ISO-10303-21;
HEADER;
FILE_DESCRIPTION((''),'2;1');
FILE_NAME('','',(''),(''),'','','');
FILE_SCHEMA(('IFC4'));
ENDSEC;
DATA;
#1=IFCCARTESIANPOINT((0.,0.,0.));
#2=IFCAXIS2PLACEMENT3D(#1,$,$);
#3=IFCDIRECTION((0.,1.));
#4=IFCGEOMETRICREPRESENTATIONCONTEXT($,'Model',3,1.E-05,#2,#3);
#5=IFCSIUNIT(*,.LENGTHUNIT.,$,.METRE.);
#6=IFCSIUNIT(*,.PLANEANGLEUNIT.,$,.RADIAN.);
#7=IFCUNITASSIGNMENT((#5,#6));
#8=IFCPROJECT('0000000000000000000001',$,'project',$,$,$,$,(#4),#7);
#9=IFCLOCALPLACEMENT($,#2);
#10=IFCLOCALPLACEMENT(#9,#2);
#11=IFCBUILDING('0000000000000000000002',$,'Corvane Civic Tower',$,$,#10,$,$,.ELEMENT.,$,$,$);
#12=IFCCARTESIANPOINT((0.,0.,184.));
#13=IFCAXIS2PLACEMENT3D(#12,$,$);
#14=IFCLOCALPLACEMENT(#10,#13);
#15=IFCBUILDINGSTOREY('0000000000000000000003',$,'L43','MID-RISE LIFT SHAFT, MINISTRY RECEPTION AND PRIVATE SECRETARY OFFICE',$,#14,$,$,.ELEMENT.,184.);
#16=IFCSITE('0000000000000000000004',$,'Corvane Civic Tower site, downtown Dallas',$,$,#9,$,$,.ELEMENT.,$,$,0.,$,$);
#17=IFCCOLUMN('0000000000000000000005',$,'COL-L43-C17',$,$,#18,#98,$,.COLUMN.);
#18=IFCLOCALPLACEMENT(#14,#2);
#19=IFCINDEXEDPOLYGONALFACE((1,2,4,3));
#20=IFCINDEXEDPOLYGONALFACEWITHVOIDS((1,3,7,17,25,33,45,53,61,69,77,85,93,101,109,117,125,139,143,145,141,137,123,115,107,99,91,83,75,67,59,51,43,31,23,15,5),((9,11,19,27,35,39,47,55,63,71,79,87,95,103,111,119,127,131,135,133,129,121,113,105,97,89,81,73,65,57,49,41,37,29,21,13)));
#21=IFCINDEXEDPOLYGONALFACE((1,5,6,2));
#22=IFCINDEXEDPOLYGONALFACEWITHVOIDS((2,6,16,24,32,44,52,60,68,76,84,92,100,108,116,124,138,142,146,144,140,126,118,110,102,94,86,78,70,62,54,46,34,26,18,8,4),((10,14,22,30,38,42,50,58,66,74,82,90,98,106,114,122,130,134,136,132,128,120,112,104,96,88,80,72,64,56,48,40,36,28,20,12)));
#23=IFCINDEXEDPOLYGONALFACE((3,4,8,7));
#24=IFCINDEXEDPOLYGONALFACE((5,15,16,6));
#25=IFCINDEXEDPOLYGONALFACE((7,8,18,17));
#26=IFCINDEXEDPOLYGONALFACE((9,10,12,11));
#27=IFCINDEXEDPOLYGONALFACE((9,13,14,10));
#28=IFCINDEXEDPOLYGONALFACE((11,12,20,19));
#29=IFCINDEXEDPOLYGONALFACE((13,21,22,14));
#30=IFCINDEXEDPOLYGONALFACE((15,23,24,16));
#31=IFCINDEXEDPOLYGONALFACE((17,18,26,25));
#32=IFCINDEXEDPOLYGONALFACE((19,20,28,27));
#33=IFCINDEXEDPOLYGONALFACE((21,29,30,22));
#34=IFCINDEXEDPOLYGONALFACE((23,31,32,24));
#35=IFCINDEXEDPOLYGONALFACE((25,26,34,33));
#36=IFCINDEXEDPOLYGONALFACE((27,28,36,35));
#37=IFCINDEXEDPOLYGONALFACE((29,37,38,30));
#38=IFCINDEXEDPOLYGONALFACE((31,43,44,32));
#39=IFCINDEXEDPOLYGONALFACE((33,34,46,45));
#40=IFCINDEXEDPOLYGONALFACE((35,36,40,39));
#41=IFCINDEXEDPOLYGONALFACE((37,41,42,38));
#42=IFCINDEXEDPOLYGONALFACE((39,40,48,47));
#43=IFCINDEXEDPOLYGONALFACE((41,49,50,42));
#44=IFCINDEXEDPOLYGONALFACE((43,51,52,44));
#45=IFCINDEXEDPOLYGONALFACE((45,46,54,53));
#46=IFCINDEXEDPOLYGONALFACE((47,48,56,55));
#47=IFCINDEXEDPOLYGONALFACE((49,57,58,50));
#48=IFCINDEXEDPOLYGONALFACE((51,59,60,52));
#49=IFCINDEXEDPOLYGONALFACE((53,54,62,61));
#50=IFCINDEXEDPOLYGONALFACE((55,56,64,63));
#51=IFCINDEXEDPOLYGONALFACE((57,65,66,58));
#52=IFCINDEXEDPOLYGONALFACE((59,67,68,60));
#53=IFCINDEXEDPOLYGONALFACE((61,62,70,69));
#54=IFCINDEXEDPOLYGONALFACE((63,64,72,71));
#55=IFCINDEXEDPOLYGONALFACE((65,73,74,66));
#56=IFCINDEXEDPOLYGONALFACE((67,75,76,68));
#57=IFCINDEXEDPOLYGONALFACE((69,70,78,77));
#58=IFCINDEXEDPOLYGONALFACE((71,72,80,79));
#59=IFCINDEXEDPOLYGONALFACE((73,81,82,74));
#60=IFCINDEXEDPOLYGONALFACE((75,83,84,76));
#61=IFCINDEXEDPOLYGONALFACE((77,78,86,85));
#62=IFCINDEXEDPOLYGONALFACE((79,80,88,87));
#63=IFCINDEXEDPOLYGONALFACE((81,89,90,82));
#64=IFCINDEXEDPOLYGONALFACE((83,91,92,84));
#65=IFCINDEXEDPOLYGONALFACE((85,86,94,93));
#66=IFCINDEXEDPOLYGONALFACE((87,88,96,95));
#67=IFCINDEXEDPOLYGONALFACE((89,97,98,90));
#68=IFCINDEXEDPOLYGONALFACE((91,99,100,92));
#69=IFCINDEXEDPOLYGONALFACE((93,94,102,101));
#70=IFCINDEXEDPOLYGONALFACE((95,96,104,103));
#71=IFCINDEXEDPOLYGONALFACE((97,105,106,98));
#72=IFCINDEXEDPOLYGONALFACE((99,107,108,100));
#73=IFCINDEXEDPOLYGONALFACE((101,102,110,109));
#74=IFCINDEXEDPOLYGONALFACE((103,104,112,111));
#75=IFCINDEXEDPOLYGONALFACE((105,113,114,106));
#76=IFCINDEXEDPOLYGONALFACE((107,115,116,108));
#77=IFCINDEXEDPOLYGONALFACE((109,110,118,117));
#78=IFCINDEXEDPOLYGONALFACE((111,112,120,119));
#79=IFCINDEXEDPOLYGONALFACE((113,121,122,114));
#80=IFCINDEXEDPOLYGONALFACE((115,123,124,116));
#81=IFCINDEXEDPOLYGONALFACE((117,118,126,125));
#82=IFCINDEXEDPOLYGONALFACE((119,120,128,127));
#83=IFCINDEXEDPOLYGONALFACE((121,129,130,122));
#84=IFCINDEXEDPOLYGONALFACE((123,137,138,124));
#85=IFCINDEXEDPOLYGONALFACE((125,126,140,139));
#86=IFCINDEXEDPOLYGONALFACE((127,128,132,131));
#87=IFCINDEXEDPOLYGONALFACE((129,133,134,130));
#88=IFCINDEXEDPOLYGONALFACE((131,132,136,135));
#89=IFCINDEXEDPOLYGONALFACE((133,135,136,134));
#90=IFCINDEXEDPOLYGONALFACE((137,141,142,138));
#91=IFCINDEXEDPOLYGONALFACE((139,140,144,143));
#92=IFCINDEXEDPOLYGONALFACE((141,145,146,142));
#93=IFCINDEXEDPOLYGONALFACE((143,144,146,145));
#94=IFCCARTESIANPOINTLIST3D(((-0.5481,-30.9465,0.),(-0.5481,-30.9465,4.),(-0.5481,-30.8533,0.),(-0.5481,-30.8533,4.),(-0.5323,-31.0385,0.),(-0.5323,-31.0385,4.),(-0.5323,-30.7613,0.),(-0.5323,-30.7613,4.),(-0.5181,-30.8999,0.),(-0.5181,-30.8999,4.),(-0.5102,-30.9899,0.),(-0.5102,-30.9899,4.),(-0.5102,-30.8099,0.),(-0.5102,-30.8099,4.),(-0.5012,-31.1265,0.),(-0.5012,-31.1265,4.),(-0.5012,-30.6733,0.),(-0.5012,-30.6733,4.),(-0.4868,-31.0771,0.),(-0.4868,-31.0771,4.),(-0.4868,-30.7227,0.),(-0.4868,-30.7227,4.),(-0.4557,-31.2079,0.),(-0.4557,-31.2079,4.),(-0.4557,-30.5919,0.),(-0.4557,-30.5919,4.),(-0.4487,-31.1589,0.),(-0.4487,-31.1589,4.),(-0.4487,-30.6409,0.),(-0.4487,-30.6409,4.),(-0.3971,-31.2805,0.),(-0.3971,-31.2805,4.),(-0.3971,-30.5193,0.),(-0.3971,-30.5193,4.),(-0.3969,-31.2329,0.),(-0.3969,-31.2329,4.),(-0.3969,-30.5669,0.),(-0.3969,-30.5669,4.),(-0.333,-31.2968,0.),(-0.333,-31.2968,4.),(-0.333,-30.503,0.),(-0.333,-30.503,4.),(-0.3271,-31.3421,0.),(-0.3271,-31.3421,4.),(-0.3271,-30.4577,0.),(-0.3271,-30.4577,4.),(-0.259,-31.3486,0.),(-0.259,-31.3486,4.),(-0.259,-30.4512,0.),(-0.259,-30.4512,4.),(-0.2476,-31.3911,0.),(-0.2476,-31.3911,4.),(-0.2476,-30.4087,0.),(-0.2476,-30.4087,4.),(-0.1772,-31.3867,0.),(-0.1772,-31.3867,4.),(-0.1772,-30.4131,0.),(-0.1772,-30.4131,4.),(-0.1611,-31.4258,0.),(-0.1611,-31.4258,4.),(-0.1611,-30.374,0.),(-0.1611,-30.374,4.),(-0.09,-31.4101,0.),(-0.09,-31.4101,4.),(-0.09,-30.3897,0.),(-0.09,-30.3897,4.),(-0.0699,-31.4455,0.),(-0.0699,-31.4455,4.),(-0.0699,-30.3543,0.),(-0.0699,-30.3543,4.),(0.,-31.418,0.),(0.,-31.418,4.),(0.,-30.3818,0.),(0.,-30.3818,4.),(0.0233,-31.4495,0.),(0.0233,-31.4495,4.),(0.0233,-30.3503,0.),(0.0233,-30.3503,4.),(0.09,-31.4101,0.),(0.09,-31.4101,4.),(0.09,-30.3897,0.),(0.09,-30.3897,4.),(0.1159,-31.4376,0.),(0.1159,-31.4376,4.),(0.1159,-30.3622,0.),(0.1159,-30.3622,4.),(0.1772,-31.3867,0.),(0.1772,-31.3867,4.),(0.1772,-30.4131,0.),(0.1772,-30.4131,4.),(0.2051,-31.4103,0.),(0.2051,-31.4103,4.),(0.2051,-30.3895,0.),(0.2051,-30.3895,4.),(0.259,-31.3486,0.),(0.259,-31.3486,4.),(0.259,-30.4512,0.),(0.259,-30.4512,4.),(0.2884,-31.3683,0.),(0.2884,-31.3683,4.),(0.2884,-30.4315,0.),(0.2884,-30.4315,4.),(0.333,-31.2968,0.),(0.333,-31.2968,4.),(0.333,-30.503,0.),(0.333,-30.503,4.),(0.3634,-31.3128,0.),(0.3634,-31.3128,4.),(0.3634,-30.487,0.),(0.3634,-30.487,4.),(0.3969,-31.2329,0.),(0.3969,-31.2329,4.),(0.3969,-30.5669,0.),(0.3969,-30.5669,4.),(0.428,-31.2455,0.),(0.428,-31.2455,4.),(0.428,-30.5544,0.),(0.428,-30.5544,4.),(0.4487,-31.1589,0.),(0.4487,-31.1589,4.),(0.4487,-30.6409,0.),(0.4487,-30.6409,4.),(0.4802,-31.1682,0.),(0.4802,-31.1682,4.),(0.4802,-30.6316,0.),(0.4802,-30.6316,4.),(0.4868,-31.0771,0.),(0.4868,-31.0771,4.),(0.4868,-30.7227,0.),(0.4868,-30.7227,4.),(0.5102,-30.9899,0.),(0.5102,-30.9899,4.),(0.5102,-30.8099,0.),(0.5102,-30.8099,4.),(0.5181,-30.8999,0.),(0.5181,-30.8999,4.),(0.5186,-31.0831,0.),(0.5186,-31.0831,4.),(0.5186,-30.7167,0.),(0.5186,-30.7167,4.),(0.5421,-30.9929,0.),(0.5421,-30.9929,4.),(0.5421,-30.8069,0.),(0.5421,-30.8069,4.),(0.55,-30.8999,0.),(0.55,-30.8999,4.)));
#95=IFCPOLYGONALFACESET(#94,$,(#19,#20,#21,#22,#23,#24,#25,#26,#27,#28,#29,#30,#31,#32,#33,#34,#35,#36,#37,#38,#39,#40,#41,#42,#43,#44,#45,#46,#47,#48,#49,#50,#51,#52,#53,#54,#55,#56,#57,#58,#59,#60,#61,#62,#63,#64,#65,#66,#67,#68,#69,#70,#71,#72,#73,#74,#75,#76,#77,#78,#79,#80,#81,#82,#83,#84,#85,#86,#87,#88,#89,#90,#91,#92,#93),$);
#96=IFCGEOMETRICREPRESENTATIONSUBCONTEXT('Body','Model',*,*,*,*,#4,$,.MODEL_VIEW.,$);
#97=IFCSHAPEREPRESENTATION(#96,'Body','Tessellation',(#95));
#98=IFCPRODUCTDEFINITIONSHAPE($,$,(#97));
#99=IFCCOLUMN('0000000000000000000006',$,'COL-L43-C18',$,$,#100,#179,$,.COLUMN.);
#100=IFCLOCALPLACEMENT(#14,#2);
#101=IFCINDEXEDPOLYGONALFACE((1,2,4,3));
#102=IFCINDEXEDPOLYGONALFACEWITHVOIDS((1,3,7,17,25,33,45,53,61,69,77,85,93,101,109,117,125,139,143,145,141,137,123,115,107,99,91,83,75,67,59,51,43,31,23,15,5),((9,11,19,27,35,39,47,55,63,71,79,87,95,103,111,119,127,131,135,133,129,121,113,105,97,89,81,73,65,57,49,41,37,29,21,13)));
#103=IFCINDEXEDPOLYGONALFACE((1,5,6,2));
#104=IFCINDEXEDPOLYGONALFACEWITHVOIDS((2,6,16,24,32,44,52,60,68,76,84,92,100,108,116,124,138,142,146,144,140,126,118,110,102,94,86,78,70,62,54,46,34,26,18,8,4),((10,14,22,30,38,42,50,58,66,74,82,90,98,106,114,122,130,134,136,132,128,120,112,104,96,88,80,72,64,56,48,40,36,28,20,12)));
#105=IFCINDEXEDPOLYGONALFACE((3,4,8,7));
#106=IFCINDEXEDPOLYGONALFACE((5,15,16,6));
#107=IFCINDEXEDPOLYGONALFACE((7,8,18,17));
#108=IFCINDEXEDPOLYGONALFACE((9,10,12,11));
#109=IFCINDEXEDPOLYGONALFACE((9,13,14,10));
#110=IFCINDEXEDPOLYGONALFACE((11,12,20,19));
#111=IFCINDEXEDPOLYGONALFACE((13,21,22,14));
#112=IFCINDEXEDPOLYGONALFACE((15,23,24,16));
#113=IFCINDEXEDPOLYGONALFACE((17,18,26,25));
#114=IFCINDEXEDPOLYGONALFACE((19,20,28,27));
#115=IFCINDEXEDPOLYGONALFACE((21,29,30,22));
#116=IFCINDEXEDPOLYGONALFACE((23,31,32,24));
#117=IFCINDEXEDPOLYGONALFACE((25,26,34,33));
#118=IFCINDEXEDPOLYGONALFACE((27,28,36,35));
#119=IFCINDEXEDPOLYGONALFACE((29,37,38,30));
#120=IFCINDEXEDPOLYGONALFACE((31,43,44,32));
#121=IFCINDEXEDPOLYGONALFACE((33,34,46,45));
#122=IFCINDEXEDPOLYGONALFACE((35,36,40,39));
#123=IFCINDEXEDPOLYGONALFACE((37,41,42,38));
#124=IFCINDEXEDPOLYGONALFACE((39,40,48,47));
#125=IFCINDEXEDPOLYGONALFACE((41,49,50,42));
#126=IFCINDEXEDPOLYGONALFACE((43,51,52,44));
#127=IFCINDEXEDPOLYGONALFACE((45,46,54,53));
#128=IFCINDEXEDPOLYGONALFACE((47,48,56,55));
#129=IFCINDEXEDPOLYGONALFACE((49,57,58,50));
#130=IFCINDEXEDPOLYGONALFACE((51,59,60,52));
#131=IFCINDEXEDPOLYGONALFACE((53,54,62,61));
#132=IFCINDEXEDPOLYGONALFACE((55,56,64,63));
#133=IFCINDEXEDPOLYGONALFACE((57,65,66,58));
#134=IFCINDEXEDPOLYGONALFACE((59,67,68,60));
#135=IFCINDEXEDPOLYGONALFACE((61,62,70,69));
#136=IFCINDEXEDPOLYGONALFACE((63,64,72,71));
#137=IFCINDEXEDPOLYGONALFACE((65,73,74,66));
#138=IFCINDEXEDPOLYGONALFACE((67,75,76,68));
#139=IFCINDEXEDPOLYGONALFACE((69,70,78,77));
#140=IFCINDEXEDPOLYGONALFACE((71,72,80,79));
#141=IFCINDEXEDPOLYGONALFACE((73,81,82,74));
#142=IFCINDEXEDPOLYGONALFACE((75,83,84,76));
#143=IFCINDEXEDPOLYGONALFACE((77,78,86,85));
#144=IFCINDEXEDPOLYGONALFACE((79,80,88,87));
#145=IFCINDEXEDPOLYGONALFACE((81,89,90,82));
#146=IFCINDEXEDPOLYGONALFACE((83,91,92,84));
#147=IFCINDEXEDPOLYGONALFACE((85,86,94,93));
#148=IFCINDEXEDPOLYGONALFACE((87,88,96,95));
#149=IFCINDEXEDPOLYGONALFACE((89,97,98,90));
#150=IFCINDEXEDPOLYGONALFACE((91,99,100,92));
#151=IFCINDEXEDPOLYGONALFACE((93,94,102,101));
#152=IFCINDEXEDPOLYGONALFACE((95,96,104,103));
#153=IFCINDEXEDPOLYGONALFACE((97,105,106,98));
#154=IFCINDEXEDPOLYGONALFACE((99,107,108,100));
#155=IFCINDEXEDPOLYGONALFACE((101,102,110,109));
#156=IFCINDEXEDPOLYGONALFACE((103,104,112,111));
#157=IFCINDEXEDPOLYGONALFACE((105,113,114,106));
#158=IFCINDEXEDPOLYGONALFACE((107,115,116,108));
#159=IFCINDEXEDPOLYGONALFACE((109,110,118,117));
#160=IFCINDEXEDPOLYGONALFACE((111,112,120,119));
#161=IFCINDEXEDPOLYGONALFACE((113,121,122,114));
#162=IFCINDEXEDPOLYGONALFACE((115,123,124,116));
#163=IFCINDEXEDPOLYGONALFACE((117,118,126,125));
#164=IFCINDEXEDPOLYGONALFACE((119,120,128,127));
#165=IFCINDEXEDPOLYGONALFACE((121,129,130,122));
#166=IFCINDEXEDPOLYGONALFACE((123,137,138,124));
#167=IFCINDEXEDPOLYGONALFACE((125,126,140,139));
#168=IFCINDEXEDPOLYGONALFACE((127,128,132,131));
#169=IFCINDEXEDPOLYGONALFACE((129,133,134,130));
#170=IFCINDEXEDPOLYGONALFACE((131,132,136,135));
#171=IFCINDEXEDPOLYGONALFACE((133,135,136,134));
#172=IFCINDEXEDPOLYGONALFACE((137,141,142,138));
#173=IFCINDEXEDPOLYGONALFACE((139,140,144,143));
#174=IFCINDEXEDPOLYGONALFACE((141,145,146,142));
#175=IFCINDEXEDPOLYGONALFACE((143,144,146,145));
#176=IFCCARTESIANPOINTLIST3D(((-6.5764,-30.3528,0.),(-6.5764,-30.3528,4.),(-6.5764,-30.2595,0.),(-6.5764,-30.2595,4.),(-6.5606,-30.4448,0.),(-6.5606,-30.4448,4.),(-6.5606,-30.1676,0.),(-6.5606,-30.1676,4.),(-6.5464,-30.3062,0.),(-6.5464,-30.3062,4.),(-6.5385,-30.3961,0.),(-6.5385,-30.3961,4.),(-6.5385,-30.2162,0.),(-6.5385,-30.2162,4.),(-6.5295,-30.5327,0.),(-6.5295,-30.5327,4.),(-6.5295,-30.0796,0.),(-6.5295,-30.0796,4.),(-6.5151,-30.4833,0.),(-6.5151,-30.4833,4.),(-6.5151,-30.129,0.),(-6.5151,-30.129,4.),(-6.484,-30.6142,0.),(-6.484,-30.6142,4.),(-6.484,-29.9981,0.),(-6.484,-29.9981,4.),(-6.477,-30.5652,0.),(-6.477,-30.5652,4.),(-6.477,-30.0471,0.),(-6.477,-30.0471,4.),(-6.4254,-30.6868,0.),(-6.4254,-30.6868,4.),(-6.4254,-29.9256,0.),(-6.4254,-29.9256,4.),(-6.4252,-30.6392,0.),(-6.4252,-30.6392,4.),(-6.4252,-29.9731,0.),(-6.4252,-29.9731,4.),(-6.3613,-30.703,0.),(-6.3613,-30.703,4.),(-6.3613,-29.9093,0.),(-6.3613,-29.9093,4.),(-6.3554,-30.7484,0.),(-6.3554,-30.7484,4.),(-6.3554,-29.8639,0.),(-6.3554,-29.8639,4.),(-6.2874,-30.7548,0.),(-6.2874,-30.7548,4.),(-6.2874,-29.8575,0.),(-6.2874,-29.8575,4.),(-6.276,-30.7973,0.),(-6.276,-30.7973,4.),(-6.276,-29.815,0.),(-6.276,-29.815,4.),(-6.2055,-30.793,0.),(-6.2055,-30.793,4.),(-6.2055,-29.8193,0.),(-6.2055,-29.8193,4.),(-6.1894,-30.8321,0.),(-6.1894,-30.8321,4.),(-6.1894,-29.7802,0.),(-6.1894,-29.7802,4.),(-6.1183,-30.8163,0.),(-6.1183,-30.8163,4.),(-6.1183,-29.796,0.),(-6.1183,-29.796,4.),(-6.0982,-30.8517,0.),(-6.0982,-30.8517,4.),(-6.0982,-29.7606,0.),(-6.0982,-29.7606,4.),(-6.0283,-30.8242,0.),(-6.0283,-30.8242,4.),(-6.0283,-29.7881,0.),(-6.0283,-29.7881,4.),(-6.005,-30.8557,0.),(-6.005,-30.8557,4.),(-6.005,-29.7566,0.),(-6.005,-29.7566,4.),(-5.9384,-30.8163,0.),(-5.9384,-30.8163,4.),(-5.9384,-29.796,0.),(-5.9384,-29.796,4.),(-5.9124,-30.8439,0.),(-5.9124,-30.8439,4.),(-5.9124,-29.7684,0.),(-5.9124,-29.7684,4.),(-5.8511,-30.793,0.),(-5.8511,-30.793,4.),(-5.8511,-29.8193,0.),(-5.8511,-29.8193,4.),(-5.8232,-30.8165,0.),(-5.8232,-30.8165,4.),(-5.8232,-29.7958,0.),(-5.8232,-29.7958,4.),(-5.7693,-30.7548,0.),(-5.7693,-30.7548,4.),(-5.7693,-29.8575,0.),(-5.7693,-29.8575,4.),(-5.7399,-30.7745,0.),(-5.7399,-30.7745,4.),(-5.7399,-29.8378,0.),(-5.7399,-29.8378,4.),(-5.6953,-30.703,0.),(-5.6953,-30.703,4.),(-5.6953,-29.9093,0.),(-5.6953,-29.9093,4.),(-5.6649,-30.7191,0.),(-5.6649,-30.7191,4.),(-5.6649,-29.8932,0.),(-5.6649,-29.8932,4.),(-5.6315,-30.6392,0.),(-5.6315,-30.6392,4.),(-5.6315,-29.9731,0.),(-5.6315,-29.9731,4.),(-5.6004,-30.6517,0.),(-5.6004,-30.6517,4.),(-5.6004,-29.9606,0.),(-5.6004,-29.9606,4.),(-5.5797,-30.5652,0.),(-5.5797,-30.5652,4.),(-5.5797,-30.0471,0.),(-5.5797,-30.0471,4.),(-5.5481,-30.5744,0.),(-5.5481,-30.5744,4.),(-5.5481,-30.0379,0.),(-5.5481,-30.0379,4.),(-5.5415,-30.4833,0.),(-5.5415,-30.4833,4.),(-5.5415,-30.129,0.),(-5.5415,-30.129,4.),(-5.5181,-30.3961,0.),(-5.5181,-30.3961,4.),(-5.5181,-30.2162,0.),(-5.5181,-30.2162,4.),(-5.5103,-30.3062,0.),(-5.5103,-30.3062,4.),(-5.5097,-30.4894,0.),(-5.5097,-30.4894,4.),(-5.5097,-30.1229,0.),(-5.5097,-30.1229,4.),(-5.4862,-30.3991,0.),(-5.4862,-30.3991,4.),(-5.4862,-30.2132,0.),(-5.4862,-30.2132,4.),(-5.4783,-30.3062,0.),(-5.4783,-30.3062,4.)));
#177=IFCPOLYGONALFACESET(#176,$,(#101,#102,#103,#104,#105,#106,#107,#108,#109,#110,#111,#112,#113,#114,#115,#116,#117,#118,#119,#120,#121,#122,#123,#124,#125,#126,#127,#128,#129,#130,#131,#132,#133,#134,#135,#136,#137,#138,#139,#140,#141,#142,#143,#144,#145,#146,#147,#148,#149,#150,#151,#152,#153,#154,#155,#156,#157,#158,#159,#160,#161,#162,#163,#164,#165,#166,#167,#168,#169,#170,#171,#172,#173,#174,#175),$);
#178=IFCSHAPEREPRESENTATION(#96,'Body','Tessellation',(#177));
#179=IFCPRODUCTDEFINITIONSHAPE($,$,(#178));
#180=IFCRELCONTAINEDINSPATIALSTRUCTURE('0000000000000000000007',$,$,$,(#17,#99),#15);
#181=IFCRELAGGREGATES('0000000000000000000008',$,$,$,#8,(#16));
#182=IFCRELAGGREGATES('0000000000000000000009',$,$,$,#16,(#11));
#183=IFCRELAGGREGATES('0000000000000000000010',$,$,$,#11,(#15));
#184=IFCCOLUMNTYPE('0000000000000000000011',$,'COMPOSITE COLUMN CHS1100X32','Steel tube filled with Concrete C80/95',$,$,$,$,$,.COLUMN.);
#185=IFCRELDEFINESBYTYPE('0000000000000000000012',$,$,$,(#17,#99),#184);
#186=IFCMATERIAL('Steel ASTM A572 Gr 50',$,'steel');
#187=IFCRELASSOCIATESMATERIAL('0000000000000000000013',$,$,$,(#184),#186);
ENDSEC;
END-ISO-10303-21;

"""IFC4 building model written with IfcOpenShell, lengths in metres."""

from ifc_helpers import new_model, si_unit, direction, frame, origin, origin_2d, place, context, subcontext, project, spatial, hollow_circle, extrude, material, material_profile, profile_set, type_object, element, save


model = new_model("IFC4")

# Units and contexts
model_context = context("Model", 3, precision=1e-05, world=origin(), true_north=direction((0.0, 1.0)))
body_context = subcontext(model_context, "Body", "Model", "MODEL_VIEW")
ifc_project = project(units=[si_unit("LENGTHUNIT", "METRE"), si_unit("PLANEANGLEUNIT", "RADIAN")], contexts=[model_context])

# Site, building, storey
site_placement = place(None, origin())
site = spatial("IfcSite", under=ifc_project, at=site_placement, Name="Corvane Civic Tower site, downtown Dallas", CompositionType="ELEMENT", RefElevation=0.0)
building_placement = place(site_placement, origin())
building = spatial("IfcBuilding", under=site, at=building_placement, Name="Corvane Civic Tower", CompositionType="ELEMENT")
storey_placement = place(building_placement, frame((0.0, 0.0, 184.0)))
storey = spatial("IfcBuildingStorey", under=building, at=storey_placement, Name="L43", Description="MID-RISE LIFT SHAFT, MINISTRY RECEPTION AND PRIVATE SECRETARY OFFICE", CompositionType="ELEMENT", Elevation=184.0)

# Columns
ifc_material_1 = material(Name="Steel ASTM A572 Gr 50", Category="steel")
ifc_material_profile_1 = material_profile(ifc_material_1, hollow_circle(Radius=0.55, WallThickness=0.032, at=origin_2d()), Name="CHS1100X32")
ifc_profile_set_1 = profile_set([ifc_material_profile_1], Name="Steel ASTM A572 Gr 50")
column_type = type_object("IfcColumnType", Name="COMPOSITE COLUMN CHS1100X32", Description="Steel tube filled with Concrete C80/95", PredefinedType="COLUMN", material=ifc_profile_set_1)
for number, where, z_axis, x_axis, name in (
    (1, (0.0, -30.8999, 0.0), (0.0, 0.0, 1.0), (1.0, 0.0, 0.0), "COL-L43-C17"),
    (2, (-6.0283, -30.3062, 0.0), (0.0, 0.0, 1.0), (1.0, 0.0, 0.0), "COL-L43-C18"),
):
    element("IfcColumn", number, at=place(storey_placement, frame(where, z_axis=z_axis, x_axis=x_axis)), inside=storey, type_object=column_type, Name=name, PredefinedType="COLUMN", context=body_context, shape_type="SweptSolid", body=[
        extrude(hollow_circle(Radius=0.55, WallThickness=0.032, at=origin_2d()), origin(), (0.0, 0.0, 1.0), 4.0),
    ])

save(model, "model.ifc")
